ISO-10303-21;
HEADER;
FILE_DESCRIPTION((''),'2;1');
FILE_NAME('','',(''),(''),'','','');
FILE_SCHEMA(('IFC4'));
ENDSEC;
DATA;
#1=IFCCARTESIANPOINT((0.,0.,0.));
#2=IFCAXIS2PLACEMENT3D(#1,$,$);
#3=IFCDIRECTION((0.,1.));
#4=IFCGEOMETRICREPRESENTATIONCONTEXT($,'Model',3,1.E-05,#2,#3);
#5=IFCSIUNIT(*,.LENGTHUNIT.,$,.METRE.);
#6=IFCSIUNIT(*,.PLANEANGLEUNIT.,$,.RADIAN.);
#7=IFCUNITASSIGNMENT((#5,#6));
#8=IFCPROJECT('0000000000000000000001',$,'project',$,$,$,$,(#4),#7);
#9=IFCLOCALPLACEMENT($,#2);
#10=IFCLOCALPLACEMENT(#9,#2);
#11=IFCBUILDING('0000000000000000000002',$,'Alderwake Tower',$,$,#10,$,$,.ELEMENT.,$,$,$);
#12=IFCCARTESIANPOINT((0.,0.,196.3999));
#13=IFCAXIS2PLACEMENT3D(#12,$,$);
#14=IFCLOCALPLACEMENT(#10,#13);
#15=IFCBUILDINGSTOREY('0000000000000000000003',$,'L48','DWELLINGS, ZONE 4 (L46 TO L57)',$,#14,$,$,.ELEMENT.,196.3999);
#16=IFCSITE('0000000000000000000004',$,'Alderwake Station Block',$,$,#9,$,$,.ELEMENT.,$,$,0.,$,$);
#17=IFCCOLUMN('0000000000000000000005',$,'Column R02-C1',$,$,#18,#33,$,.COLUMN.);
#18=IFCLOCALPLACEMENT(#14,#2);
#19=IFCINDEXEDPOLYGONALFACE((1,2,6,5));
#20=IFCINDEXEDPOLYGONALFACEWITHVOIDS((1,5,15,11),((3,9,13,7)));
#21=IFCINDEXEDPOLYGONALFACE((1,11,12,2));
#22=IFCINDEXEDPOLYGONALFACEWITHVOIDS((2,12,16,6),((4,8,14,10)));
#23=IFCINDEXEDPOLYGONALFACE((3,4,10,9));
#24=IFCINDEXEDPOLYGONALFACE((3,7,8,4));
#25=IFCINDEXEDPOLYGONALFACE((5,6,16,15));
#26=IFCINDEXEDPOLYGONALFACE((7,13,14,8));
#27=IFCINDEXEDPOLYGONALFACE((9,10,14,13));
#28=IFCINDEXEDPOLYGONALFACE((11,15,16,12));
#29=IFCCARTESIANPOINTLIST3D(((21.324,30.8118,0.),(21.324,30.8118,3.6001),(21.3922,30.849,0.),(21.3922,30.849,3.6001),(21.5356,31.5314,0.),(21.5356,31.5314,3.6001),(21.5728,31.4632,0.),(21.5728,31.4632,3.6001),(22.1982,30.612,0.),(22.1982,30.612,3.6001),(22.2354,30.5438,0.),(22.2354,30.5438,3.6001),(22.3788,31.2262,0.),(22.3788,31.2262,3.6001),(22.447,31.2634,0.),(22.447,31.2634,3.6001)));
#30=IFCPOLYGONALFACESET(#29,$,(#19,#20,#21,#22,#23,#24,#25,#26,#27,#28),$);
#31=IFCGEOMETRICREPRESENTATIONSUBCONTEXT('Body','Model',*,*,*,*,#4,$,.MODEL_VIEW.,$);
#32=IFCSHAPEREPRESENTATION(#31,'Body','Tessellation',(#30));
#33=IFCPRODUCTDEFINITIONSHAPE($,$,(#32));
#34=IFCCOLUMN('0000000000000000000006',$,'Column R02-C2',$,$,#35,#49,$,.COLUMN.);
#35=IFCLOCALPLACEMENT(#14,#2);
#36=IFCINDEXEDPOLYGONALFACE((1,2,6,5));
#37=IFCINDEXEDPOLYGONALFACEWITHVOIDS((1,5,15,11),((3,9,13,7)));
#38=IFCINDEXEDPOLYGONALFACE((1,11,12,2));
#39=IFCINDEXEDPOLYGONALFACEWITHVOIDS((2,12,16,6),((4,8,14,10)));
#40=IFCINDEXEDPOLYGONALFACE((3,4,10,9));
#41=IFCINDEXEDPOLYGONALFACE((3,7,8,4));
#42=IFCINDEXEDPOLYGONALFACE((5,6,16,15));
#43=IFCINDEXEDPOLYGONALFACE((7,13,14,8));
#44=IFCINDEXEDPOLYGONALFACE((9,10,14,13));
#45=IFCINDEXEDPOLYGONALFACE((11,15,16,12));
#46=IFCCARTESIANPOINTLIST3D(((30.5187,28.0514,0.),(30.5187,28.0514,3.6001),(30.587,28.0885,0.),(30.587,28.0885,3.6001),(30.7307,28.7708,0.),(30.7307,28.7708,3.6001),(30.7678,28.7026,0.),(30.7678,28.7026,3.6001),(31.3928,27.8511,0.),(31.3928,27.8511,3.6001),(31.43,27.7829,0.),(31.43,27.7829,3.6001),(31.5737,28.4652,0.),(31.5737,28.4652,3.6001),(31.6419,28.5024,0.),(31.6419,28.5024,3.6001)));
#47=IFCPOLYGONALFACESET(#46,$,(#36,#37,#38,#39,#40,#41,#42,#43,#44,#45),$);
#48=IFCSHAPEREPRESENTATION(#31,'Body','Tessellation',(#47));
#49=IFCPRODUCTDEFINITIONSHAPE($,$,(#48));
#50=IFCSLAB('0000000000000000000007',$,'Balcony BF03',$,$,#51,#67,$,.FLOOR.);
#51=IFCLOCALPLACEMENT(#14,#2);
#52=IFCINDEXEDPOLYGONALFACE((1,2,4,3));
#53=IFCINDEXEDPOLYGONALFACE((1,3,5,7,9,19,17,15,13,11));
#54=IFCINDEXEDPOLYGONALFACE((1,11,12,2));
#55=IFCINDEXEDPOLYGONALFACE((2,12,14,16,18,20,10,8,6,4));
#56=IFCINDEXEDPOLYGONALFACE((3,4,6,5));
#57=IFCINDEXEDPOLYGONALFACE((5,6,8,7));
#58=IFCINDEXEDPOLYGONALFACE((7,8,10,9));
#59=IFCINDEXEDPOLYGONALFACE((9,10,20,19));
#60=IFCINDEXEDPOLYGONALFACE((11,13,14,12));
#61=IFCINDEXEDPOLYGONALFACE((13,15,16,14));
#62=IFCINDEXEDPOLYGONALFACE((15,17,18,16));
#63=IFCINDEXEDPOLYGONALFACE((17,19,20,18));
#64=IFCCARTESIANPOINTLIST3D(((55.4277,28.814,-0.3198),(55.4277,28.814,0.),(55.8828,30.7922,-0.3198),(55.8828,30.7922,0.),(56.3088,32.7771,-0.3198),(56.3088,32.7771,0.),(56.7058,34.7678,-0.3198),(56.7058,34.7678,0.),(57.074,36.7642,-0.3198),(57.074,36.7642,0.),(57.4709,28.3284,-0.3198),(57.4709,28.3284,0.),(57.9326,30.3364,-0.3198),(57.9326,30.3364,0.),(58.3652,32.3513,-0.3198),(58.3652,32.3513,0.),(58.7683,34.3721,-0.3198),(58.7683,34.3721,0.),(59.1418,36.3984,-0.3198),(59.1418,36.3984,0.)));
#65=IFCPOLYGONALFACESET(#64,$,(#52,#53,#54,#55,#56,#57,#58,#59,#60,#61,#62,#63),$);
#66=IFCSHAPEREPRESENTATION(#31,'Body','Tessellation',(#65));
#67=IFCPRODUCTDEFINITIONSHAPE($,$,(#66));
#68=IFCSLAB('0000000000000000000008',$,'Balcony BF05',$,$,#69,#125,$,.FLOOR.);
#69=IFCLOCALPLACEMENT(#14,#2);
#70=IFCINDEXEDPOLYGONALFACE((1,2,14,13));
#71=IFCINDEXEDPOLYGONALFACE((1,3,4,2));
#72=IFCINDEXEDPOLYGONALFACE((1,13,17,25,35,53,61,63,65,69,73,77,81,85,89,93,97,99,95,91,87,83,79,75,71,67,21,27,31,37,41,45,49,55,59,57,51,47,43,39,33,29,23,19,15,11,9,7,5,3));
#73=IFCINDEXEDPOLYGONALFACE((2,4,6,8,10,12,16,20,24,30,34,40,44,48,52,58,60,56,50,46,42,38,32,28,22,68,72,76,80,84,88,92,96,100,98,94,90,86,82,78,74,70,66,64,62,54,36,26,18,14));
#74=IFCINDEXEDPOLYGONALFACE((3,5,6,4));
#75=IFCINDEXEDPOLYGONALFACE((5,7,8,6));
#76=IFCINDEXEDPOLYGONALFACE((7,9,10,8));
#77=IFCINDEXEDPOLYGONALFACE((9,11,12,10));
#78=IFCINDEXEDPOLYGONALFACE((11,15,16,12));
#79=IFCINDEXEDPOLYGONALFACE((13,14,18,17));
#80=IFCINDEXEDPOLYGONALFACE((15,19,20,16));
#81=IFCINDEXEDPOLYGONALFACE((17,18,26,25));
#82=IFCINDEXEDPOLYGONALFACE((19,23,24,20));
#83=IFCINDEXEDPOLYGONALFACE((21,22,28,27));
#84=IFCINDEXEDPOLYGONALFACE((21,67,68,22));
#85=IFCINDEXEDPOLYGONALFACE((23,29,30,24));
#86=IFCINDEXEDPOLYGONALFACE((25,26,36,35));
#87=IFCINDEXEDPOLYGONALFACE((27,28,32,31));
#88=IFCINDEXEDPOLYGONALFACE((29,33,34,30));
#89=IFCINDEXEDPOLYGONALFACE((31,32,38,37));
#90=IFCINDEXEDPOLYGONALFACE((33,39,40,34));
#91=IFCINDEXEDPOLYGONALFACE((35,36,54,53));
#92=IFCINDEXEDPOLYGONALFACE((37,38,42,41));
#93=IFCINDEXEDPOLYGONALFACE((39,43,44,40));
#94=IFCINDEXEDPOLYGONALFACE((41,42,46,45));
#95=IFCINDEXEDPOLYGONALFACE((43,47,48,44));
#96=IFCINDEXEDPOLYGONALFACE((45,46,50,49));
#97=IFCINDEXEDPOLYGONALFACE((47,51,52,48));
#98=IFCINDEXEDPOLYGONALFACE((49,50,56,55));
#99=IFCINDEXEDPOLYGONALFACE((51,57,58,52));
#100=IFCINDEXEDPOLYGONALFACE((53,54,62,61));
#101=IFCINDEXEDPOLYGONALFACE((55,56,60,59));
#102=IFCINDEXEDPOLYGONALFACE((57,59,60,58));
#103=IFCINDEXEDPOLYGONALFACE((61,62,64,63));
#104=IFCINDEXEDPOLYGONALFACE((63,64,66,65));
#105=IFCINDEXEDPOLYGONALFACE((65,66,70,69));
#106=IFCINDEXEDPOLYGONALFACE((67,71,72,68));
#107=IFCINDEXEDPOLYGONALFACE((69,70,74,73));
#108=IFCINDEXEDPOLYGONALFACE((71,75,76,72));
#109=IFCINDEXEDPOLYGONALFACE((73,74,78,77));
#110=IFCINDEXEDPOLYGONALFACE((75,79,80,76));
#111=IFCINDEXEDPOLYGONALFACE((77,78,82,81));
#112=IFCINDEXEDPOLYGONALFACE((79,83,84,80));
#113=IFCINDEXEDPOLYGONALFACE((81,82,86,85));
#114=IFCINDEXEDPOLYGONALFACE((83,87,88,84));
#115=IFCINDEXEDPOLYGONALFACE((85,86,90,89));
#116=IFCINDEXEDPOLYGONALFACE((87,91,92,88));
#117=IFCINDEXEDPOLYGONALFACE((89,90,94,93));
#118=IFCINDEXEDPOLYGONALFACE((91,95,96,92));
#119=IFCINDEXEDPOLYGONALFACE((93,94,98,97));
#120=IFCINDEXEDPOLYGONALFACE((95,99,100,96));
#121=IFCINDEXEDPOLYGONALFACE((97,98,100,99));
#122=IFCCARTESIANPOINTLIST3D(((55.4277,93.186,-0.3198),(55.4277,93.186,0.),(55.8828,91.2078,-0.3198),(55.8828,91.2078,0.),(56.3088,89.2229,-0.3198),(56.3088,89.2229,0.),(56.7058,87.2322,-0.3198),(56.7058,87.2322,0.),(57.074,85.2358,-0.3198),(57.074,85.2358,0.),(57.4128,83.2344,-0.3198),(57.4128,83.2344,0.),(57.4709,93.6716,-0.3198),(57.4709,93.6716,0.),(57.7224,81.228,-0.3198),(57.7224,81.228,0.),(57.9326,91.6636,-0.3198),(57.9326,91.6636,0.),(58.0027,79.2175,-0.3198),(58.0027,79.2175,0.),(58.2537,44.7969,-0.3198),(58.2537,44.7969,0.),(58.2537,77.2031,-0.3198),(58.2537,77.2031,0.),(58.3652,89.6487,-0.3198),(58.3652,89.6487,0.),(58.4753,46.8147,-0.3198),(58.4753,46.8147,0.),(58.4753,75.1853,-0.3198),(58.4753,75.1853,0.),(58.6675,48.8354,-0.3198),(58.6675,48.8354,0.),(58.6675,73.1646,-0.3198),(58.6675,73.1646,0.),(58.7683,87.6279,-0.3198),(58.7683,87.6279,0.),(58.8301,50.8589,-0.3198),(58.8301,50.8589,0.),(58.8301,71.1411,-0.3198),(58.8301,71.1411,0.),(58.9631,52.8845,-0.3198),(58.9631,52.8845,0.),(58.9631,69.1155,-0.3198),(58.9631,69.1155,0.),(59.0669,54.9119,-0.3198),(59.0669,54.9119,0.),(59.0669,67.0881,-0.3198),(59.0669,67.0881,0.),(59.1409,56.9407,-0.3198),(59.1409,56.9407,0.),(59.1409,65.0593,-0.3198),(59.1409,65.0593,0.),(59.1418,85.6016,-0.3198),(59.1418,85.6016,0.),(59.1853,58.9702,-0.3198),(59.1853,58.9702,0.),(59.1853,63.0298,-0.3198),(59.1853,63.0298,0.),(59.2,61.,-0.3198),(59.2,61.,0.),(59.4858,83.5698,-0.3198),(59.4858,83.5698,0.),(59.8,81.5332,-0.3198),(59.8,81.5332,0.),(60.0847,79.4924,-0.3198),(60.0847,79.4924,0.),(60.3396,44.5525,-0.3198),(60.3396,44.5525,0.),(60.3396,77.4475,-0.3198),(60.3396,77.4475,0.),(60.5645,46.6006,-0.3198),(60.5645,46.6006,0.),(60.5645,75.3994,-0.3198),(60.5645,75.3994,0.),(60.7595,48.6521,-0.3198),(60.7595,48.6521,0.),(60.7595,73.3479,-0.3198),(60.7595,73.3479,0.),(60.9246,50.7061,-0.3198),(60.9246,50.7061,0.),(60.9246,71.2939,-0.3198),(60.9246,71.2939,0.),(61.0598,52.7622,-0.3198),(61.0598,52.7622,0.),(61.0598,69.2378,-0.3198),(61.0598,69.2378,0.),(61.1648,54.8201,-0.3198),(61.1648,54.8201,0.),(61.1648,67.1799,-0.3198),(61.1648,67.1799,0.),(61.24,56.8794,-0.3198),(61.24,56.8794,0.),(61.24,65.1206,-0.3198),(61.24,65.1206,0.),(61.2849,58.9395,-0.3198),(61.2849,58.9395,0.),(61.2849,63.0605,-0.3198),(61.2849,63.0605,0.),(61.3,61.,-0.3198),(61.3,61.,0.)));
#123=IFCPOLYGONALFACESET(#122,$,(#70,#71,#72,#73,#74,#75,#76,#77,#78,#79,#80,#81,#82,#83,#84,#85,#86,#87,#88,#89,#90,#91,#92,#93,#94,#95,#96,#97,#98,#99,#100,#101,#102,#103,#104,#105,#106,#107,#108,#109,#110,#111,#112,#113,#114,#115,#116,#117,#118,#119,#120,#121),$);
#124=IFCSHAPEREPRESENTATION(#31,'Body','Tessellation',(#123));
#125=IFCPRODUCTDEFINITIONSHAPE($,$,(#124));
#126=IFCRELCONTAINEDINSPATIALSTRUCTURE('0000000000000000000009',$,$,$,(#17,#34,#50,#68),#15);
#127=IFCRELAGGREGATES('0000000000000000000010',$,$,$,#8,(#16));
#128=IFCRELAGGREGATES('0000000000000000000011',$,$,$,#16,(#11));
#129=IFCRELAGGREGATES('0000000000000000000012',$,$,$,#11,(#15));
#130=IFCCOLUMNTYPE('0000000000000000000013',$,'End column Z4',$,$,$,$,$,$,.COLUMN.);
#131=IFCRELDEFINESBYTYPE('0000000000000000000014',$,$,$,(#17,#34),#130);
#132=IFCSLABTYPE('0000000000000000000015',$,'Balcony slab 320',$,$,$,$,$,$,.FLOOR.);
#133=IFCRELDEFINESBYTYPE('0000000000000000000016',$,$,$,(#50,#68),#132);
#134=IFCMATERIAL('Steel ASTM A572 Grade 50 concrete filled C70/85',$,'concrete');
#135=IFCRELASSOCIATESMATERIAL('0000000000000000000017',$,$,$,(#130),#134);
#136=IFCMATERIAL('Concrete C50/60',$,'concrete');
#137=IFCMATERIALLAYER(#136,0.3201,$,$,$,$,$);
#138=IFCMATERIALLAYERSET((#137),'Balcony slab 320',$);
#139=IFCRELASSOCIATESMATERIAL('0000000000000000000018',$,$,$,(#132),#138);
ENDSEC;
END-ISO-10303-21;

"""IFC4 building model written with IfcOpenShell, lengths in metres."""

from ifc_helpers import new_model, si_unit, direction, frame, origin, origin_2d, place, context, subcontext, project, spatial, polyline, hollow_rectangle, outline, extrude, material, layer, layer_set, material_profile, profile_set, type_object, element, save


model = new_model("IFC4")

# Units and contexts
model_context = context("Model", 3, precision=1e-05, world=origin(), true_north=direction((0.0, 1.0)))
body_context = subcontext(model_context, "Body", "Model", "MODEL_VIEW")
ifc_project = project(units=[si_unit("LENGTHUNIT", "METRE"), si_unit("PLANEANGLEUNIT", "RADIAN")], contexts=[model_context])

# Site, building, storey
site_placement = place(None, origin())
site = spatial("IfcSite", under=ifc_project, at=site_placement, Name="Alderwake Station Block", CompositionType="ELEMENT", RefElevation=0.0)
building_placement = place(site_placement, origin())
building = spatial("IfcBuilding", under=site, at=building_placement, Name="Alderwake Tower", CompositionType="ELEMENT")
storey_placement = place(building_placement, frame((0.0, 0.0, 196.3999)))
storey = spatial("IfcBuildingStorey", under=building, at=storey_placement, Name="L48", Description="DWELLINGS, ZONE 4 (L46 TO L57)", CompositionType="ELEMENT", Elevation=196.3999)

# Columns
ifc_material_1 = material(Name="Steel ASTM A572 Grade 50 concrete filled C70/85", Category="concrete")
ifc_material_profile_1 = material_profile(ifc_material_1, hollow_rectangle(XDim=0.75, YDim=0.95, WallThickness=0.0549, at=origin_2d()), Name="BOX 950X750X55")
ifc_profile_set_1 = profile_set([ifc_material_profile_1], Name="Steel ASTM A572 Grade 50 concrete filled C70/85")
column_type = type_object("IfcColumnType", Name="End column Z4", PredefinedType="COLUMN", material=ifc_profile_set_1)
for number, where, z_axis, x_axis, name in (
    (1, (21.8855, 31.0376, 0.0), (0.0, 0.0, 1.0), (0.282132, 0.959376, 0.0), "Column R02-C1"),
    (2, (31.0803, 28.2769, 0.0), (0.0, 0.0, 1.0), (0.282583, 0.959243, 0.0), "Column R02-C2"),
):
    element("IfcColumn", number, at=place(storey_placement, frame(where, z_axis=z_axis, x_axis=x_axis)), inside=storey, type_object=column_type, Name=name, PredefinedType="COLUMN", context=body_context, shape_type="SweptSolid", body=[
        extrude(hollow_rectangle(XDim=0.75, YDim=0.95, WallThickness=0.0549, at=origin_2d()), origin(), (0.0, 0.0, 1.0), 3.6001),
    ])

# Slabs
ifc_material_2 = material(Name="Concrete C50/60", Category="concrete")
ifc_layer_1 = layer(ifc_material_2, 0.3201)
ifc_layer_set_1 = layer_set([ifc_layer_1], Name="Balcony slab 320")
slab_type_1 = type_object("IfcSlabType", Name="Balcony slab 320", PredefinedType="FLOOR", material=ifc_layer_set_1)
slab_1_placement = place(storey_placement, frame((0.0, 0.0, -0.3198)))
element("IfcSlab", 3, at=slab_1_placement, inside=storey, type_object=slab_type_1, Name="Balcony BF03", PredefinedType="FLOOR", context=body_context, shape_type="SweptSolid", body=[
    extrude(outline(polyline([(55.4277, 28.814), (57.4709, 28.3284), (57.9326, 30.3364), (58.3652, 32.3513), (58.7683, 34.3721), (59.1418, 36.3984), (57.074, 36.7642), (56.7058, 34.7678), (56.3088, 32.7771), (55.8828, 30.7922), (55.4277, 28.814)])), origin(), (0.0, 0.0, 1.0), 0.3198),
])
slab_2_placement = place(storey_placement, frame((0.0, 0.0, -0.3198)))
element("IfcSlab", 4, at=slab_2_placement, inside=storey, type_object=slab_type_1, Name="Balcony BF05", PredefinedType="FLOOR", context=body_context, shape_type="SweptSolid", body=[
    extrude(outline(polyline([(60.5645, 46.6006), (60.7595, 48.6521), (60.9246, 50.7061), (61.0598, 52.7622), (61.1648, 54.8201), (61.24, 56.8794), (61.2849, 58.9395), (61.3, 61.0), (61.2849, 63.0605), (61.24, 65.1206), (61.1648, 67.1799), (61.0598, 69.2378), (60.9246, 71.2939), (60.7595, 73.3479), (60.5645, 75.3994), (60.3396, 77.4475), (60.0847, 79.4924), (59.8, 81.5332), (59.4858, 83.5698), (59.1418, 85.6016), (58.7683, 87.6279), (58.3652, 89.6487), (57.9326, 91.6636), (57.4709, 93.6716), (55.4277, 93.186), (55.8828, 91.2078), (56.3088, 89.2229), (56.7058, 87.2322), (57.074, 85.2358), (57.4128, 83.2344), (57.7224, 81.228), (58.0027, 79.2175), (58.2537, 77.2031), (58.4753, 75.1853), (58.6675, 73.1646), (58.8301, 71.1411), (58.9631, 69.1155), (59.0669, 67.0881), (59.1409, 65.0593), (59.1853, 63.0298), (59.2, 61.0), (59.1853, 58.9702), (59.1409, 56.9407), (59.0669, 54.9119), (58.9631, 52.8845), (58.8301, 50.8589), (58.6675, 48.8354), (58.4753, 46.8147), (58.2537, 44.7969), (60.3396, 44.5525), (60.5645, 46.6006)])), origin(), (0.0, 0.0, 1.0), 0.3198),
])

save(model, "model.ifc")
